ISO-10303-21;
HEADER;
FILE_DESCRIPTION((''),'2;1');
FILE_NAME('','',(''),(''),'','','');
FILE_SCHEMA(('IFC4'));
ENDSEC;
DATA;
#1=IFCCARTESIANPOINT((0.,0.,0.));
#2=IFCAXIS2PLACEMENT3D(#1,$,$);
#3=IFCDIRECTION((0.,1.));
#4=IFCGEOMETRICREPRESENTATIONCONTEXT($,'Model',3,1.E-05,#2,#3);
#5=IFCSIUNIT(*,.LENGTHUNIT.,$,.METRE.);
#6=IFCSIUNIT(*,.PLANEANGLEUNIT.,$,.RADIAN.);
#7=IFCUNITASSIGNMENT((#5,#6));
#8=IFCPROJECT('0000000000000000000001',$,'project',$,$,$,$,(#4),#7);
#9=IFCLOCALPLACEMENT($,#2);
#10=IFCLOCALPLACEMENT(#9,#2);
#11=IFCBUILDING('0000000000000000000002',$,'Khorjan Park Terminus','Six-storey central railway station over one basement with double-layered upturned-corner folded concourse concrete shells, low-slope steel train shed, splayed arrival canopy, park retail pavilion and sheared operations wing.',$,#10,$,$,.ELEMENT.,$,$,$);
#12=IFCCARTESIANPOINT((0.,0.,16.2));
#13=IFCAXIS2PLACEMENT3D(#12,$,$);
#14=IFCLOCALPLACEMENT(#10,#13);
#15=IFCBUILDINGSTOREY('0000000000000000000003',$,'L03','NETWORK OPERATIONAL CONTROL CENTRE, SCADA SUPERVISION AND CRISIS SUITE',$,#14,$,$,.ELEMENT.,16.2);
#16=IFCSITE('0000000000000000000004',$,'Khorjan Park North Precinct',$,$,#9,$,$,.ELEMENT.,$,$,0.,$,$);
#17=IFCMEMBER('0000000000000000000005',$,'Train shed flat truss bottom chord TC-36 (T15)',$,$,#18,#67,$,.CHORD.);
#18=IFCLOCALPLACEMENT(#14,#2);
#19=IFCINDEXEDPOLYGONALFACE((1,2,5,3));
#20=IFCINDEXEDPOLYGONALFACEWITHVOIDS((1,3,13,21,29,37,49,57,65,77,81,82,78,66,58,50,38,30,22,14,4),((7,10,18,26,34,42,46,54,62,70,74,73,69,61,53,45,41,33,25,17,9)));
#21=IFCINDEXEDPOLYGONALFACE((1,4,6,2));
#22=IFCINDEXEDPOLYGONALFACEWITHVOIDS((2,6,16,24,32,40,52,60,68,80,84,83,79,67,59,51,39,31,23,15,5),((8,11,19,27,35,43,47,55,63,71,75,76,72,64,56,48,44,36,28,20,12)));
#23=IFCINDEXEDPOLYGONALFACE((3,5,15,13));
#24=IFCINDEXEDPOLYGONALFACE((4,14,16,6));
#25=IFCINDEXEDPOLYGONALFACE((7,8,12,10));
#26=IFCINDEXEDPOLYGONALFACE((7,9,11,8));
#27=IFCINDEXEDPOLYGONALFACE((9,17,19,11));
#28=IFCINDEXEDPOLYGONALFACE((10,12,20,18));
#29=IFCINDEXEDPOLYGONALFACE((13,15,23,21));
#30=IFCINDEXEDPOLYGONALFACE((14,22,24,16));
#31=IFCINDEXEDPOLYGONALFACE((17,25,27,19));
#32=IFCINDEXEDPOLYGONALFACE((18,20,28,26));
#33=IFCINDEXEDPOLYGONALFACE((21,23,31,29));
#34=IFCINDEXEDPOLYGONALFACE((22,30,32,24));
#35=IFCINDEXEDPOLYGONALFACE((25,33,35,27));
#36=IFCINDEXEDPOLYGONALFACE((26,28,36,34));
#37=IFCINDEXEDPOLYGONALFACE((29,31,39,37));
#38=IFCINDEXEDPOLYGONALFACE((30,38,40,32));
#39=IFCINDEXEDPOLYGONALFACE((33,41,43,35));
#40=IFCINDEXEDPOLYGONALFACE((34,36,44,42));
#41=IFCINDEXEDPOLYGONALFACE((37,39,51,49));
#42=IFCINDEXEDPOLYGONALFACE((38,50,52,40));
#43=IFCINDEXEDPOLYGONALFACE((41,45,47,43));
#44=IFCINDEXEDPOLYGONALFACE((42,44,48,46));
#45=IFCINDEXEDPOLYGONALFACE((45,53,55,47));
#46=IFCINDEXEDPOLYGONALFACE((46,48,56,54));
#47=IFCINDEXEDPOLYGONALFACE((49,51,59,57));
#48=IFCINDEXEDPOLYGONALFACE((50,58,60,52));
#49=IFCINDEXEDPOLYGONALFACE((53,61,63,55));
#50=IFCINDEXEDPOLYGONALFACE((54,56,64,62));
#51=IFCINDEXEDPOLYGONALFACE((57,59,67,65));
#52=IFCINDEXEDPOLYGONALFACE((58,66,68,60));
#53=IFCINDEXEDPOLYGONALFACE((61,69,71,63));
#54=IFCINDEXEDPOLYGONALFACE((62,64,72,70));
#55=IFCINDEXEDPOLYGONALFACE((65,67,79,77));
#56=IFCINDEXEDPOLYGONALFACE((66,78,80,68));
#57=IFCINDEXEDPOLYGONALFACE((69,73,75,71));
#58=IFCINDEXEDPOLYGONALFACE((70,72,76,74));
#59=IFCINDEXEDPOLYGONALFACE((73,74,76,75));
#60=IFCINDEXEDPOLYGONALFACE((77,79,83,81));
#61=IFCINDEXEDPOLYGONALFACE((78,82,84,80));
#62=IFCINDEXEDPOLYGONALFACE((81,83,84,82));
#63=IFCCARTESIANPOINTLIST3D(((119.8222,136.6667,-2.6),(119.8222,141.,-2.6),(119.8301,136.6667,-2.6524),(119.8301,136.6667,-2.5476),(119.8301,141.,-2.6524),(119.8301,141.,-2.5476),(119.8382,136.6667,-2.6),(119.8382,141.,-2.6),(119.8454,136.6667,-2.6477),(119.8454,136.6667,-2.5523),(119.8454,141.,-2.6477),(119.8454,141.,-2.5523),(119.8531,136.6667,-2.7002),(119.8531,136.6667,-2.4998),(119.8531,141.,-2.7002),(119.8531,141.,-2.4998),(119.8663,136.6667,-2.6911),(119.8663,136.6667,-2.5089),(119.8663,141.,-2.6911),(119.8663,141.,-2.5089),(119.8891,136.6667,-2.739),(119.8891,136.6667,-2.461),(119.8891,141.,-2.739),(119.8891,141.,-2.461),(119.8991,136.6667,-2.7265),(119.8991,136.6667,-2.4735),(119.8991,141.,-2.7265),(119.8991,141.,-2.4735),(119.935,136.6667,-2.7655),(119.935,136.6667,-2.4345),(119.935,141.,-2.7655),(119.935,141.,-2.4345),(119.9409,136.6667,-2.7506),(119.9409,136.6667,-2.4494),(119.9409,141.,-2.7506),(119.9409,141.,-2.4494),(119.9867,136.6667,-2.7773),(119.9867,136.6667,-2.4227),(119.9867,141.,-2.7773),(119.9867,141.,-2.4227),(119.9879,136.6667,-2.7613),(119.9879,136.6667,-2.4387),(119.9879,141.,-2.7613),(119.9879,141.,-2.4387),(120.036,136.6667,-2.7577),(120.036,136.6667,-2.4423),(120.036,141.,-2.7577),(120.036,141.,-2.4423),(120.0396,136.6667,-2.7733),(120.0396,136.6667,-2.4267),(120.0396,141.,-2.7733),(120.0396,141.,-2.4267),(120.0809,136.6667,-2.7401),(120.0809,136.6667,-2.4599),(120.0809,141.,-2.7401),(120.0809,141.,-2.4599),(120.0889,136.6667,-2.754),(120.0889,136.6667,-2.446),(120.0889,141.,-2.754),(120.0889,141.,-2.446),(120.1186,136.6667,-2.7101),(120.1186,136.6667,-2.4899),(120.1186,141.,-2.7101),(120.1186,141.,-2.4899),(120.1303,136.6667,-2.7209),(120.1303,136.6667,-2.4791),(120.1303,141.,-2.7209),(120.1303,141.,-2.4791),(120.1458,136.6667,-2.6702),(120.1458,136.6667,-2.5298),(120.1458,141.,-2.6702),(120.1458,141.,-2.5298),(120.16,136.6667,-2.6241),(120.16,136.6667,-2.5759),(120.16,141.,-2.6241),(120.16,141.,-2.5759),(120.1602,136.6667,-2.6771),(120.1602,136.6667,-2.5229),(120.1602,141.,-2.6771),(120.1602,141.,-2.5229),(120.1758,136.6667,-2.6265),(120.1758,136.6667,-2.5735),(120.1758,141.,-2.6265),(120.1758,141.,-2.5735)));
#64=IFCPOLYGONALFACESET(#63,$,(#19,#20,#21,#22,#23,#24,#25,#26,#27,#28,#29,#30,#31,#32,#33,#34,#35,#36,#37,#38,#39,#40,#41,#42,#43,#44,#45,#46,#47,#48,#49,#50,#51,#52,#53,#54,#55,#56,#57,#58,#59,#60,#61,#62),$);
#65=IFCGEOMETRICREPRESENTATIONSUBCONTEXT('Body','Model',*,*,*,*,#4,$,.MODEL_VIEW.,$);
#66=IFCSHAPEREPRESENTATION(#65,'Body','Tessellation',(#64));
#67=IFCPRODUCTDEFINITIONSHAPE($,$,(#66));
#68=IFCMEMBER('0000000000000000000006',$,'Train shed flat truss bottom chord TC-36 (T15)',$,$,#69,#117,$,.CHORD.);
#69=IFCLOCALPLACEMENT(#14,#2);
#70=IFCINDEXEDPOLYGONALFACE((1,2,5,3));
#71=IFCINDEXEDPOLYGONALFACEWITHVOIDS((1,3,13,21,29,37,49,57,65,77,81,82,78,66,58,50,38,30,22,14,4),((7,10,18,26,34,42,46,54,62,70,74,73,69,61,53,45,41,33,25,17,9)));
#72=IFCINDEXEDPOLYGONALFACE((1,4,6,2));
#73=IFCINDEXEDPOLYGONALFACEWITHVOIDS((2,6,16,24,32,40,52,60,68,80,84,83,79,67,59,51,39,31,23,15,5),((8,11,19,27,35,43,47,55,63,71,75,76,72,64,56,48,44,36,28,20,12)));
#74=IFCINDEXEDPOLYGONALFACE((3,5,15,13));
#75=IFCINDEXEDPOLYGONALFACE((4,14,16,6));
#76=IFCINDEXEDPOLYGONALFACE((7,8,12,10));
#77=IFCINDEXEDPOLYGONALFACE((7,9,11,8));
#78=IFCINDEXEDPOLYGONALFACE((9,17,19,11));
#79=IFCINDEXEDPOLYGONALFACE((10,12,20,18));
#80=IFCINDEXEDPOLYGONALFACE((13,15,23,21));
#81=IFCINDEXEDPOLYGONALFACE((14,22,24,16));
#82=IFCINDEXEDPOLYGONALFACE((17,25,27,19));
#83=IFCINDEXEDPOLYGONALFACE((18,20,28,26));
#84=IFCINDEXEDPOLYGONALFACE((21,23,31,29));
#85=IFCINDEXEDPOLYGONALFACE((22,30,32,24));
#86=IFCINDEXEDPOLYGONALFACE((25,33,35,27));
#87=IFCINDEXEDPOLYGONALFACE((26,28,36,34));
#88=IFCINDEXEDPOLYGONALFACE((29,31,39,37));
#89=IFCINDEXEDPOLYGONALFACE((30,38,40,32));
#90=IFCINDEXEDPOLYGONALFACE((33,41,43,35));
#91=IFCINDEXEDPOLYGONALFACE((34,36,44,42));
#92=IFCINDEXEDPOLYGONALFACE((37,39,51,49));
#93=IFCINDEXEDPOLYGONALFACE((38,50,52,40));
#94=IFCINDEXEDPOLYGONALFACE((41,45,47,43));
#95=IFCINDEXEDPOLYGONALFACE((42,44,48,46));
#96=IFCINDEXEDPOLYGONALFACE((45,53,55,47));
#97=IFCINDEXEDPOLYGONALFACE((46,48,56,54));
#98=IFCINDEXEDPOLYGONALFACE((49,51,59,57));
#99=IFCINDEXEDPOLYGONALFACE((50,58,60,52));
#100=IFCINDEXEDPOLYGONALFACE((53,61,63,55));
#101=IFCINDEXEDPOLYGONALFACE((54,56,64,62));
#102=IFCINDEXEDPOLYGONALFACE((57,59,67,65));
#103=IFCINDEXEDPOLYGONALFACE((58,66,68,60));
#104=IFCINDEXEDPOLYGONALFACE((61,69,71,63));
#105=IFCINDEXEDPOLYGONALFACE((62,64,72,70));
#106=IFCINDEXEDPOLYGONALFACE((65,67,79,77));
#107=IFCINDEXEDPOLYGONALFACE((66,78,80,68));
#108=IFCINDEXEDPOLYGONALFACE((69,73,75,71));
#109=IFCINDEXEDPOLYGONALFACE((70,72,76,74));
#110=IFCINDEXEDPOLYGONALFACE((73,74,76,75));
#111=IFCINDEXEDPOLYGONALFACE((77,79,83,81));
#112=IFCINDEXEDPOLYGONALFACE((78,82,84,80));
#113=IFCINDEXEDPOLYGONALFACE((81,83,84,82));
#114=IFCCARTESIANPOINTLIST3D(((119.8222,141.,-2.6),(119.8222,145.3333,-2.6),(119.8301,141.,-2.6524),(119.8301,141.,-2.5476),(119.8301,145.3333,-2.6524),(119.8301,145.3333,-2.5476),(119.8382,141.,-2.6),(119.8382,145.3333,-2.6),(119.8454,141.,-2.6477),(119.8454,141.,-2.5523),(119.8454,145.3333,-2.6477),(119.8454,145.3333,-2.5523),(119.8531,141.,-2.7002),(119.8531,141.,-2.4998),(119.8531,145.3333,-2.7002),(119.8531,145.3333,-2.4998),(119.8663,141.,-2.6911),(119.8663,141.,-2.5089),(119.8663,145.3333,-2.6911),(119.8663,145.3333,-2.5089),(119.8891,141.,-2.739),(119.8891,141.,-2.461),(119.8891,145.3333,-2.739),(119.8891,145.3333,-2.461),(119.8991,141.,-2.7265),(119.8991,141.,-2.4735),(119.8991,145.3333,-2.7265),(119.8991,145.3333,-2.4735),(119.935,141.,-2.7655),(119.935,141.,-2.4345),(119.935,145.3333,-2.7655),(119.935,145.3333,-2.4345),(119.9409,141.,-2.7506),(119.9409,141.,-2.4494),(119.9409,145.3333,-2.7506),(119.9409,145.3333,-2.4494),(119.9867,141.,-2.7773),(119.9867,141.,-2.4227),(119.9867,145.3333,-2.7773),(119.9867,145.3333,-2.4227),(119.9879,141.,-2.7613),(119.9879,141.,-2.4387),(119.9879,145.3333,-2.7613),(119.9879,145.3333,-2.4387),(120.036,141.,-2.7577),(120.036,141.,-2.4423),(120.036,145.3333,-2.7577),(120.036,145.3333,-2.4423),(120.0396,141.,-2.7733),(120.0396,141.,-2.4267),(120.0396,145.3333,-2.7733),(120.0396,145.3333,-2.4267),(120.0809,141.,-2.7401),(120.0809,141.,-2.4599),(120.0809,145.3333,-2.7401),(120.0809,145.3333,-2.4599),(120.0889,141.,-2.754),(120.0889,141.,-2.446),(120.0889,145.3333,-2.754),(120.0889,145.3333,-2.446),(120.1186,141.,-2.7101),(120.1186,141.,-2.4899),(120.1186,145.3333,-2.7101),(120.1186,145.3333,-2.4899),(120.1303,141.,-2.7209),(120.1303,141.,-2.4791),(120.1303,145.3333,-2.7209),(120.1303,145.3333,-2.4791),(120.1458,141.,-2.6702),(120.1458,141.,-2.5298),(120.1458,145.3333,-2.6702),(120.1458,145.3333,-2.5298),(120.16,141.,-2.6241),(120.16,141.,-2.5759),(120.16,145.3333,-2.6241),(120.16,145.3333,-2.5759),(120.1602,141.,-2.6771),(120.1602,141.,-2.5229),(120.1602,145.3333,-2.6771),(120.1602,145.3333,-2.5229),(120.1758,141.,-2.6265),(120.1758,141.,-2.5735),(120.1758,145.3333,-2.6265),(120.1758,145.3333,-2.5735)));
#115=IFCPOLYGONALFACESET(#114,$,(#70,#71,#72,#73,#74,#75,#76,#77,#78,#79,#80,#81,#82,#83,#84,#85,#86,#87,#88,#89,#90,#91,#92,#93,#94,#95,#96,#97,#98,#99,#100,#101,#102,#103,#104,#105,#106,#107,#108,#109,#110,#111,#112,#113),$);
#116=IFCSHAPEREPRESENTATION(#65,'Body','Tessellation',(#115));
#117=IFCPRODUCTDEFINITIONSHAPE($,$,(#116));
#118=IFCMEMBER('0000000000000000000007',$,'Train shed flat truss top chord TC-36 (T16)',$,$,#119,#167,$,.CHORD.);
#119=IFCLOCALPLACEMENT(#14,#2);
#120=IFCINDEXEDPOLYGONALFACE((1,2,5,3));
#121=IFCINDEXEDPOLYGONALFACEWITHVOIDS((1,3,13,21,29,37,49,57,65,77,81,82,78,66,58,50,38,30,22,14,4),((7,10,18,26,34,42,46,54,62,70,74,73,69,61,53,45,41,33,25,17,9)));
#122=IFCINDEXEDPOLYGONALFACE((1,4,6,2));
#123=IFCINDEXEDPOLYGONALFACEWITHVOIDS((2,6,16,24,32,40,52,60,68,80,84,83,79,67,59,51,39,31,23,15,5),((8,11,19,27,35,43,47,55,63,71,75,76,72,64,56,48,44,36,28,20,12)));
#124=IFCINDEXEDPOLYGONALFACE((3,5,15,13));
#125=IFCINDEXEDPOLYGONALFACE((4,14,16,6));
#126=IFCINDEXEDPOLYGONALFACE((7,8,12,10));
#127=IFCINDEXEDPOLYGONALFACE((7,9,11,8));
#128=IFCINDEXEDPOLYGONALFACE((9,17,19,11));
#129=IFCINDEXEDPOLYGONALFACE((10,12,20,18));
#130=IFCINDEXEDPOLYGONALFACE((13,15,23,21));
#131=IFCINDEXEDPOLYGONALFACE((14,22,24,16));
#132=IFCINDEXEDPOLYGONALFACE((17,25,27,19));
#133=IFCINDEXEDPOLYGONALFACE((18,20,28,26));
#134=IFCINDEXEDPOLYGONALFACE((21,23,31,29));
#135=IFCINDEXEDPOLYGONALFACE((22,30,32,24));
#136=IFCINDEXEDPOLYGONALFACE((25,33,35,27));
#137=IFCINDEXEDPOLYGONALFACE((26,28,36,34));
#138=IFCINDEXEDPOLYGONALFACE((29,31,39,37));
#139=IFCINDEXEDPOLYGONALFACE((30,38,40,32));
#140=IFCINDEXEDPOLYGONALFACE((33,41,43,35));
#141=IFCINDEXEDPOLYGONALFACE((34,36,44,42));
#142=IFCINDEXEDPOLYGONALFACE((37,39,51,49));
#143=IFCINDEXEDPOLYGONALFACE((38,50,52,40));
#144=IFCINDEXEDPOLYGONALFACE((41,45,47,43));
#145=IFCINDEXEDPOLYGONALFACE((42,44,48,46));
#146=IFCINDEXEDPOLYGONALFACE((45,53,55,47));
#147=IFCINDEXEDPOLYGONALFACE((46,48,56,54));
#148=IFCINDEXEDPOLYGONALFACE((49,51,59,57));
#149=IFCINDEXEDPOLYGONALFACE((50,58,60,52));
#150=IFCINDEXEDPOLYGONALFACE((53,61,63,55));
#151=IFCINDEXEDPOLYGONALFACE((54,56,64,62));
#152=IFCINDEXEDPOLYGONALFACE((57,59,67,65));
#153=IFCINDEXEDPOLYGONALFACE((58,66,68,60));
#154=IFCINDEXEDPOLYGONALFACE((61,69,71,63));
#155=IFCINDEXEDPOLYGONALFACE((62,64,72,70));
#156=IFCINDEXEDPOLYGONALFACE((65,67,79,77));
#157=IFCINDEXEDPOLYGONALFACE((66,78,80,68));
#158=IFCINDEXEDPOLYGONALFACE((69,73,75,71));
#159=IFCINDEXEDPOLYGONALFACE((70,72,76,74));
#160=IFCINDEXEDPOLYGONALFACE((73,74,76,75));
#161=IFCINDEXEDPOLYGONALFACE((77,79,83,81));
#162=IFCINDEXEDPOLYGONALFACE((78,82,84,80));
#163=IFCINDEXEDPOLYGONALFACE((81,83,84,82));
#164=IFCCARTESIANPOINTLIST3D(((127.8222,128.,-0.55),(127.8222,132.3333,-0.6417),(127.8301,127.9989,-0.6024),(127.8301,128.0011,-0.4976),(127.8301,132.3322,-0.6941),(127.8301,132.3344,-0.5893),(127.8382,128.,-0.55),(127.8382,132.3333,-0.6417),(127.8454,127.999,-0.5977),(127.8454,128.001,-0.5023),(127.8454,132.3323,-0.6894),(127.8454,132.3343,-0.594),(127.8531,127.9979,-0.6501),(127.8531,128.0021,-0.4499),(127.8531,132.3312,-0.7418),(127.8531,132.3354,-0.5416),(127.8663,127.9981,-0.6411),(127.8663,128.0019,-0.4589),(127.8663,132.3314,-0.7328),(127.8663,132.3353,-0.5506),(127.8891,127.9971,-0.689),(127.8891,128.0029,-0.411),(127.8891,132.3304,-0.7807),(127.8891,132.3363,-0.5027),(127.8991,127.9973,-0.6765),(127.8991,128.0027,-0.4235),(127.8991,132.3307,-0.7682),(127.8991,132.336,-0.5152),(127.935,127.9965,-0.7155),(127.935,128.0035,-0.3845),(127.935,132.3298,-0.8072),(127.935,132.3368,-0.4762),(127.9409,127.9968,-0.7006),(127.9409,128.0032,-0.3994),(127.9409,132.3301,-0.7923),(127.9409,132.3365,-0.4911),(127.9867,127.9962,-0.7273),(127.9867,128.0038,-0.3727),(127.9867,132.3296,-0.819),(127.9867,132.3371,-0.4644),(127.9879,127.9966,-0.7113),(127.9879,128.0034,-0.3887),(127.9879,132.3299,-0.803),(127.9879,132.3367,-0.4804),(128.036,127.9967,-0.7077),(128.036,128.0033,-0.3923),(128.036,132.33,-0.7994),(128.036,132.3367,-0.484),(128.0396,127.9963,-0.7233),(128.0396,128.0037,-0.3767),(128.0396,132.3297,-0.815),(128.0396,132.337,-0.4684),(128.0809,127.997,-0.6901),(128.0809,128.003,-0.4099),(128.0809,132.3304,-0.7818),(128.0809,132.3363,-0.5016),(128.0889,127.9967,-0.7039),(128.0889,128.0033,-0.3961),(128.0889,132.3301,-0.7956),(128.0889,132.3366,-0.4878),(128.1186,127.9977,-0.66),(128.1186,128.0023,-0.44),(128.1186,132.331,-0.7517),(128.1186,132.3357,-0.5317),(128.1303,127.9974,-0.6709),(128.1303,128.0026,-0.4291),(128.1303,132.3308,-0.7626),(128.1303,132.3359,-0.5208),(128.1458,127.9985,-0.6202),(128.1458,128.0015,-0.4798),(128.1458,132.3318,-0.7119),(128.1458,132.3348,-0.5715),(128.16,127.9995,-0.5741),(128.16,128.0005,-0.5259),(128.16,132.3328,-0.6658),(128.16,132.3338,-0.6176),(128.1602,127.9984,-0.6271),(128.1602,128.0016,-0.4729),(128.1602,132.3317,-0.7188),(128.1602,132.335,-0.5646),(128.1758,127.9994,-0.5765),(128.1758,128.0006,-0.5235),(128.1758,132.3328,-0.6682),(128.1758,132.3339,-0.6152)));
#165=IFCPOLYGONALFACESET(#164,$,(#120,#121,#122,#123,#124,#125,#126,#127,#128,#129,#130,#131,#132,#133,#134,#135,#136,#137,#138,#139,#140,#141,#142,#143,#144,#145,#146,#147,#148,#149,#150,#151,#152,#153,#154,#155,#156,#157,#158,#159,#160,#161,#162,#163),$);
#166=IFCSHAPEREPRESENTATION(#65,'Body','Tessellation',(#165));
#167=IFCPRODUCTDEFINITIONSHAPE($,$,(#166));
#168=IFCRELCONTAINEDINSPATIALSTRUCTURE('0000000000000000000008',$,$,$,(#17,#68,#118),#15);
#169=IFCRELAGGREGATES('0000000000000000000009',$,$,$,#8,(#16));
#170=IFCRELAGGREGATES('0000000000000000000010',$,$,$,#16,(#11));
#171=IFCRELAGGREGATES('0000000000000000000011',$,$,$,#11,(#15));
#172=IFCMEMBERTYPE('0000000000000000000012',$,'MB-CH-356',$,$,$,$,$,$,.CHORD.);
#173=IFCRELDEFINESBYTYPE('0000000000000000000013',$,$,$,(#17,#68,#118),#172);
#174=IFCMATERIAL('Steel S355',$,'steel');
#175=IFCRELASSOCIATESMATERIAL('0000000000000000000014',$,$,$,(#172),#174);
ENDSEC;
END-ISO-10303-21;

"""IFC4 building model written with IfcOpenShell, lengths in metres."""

from ifc_helpers import new_model, si_unit, direction, frame, origin, origin_2d, place, context, subcontext, project, spatial, hollow_circle, extrude, material, material_profile, profile_set, type_object, element, save


model = new_model("IFC4")

# Units and contexts
model_context = context("Model", 3, precision=1e-05, world=origin(), true_north=direction((0.0, 1.0)))
body_context = subcontext(model_context, "Body", "Model", "MODEL_VIEW")
ifc_project = project(units=[si_unit("LENGTHUNIT", "METRE"), si_unit("PLANEANGLEUNIT", "RADIAN")], contexts=[model_context])

# Site, building, storey
site_placement = place(None, origin())
site = spatial("IfcSite", under=ifc_project, at=site_placement, Name="Khorjan Park North Precinct", CompositionType="ELEMENT", RefElevation=0.0)
building_placement = place(site_placement, origin())
building = spatial("IfcBuilding", under=site, at=building_placement, Name="Khorjan Park Terminus", Description="Six-storey central railway station over one basement with double-layered upturned-corner folded concourse concrete shells, low-slope steel train shed, splayed arrival canopy, park retail pavilion and sheared operations wing.", CompositionType="ELEMENT")
storey_placement = place(building_placement, frame((0.0, 0.0, 16.2)))
storey = spatial("IfcBuildingStorey", under=building, at=storey_placement, Name="L03", Description="NETWORK OPERATIONAL CONTROL CENTRE, SCADA SUPERVISION AND CRISIS SUITE", CompositionType="ELEMENT", Elevation=16.2)

# Members
ifc_material_1 = material(Name="Steel S355", Category="steel")
ifc_material_profile_1 = material_profile(ifc_material_1, hollow_circle(Radius=0.1778, WallThickness=0.016, at=origin_2d()), Name="CHS 355.6x16")
ifc_profile_set_1 = profile_set([ifc_material_profile_1], Name="Steel S355")
member_type_1 = type_object("IfcMemberType", Name="MB-CH-356", PredefinedType="CHORD", material=ifc_profile_set_1)
for number, where, z_axis, x_axis, name in (
    (1, (120.0, 136.6667, -2.6), (0.0, 1.0, 0.0), (-1.0, 0.0, 0.0), "Train shed flat truss bottom chord TC-36 (T15)"),
    (2, (120.0, 141.0, -2.6), (0.0, 1.0, 0.0), (-1.0, 0.0, 0.0), "Train shed flat truss bottom chord TC-36 (T15)"),
):
    element("IfcMember", number, at=place(storey_placement, frame(where, z_axis=z_axis, x_axis=x_axis)), inside=storey, type_object=member_type_1, Name=name, PredefinedType="CHORD", context=body_context, shape_type="SweptSolid", body=[
        extrude(hollow_circle(Radius=0.1778, WallThickness=0.016, at=origin_2d()), origin(), (0.0, 0.0, 1.0), 4.3333),
    ])
member_1_placement = place(storey_placement, frame((128.0, 128.0, -0.55), z_axis=(0.0, 0.999776, -0.021157), x_axis=(-1.0, 0.0, 0.0)))
element("IfcMember", 3, at=member_1_placement, inside=storey, type_object=member_type_1, Name="Train shed flat truss top chord TC-36 (T16)", PredefinedType="CHORD", context=body_context, shape_type="SweptSolid", body=[
    extrude(hollow_circle(Radius=0.1778, WallThickness=0.016, at=origin_2d()), origin(), (0.0, 0.0, 1.0), 4.3343),
])

save(model, "model.ifc")
